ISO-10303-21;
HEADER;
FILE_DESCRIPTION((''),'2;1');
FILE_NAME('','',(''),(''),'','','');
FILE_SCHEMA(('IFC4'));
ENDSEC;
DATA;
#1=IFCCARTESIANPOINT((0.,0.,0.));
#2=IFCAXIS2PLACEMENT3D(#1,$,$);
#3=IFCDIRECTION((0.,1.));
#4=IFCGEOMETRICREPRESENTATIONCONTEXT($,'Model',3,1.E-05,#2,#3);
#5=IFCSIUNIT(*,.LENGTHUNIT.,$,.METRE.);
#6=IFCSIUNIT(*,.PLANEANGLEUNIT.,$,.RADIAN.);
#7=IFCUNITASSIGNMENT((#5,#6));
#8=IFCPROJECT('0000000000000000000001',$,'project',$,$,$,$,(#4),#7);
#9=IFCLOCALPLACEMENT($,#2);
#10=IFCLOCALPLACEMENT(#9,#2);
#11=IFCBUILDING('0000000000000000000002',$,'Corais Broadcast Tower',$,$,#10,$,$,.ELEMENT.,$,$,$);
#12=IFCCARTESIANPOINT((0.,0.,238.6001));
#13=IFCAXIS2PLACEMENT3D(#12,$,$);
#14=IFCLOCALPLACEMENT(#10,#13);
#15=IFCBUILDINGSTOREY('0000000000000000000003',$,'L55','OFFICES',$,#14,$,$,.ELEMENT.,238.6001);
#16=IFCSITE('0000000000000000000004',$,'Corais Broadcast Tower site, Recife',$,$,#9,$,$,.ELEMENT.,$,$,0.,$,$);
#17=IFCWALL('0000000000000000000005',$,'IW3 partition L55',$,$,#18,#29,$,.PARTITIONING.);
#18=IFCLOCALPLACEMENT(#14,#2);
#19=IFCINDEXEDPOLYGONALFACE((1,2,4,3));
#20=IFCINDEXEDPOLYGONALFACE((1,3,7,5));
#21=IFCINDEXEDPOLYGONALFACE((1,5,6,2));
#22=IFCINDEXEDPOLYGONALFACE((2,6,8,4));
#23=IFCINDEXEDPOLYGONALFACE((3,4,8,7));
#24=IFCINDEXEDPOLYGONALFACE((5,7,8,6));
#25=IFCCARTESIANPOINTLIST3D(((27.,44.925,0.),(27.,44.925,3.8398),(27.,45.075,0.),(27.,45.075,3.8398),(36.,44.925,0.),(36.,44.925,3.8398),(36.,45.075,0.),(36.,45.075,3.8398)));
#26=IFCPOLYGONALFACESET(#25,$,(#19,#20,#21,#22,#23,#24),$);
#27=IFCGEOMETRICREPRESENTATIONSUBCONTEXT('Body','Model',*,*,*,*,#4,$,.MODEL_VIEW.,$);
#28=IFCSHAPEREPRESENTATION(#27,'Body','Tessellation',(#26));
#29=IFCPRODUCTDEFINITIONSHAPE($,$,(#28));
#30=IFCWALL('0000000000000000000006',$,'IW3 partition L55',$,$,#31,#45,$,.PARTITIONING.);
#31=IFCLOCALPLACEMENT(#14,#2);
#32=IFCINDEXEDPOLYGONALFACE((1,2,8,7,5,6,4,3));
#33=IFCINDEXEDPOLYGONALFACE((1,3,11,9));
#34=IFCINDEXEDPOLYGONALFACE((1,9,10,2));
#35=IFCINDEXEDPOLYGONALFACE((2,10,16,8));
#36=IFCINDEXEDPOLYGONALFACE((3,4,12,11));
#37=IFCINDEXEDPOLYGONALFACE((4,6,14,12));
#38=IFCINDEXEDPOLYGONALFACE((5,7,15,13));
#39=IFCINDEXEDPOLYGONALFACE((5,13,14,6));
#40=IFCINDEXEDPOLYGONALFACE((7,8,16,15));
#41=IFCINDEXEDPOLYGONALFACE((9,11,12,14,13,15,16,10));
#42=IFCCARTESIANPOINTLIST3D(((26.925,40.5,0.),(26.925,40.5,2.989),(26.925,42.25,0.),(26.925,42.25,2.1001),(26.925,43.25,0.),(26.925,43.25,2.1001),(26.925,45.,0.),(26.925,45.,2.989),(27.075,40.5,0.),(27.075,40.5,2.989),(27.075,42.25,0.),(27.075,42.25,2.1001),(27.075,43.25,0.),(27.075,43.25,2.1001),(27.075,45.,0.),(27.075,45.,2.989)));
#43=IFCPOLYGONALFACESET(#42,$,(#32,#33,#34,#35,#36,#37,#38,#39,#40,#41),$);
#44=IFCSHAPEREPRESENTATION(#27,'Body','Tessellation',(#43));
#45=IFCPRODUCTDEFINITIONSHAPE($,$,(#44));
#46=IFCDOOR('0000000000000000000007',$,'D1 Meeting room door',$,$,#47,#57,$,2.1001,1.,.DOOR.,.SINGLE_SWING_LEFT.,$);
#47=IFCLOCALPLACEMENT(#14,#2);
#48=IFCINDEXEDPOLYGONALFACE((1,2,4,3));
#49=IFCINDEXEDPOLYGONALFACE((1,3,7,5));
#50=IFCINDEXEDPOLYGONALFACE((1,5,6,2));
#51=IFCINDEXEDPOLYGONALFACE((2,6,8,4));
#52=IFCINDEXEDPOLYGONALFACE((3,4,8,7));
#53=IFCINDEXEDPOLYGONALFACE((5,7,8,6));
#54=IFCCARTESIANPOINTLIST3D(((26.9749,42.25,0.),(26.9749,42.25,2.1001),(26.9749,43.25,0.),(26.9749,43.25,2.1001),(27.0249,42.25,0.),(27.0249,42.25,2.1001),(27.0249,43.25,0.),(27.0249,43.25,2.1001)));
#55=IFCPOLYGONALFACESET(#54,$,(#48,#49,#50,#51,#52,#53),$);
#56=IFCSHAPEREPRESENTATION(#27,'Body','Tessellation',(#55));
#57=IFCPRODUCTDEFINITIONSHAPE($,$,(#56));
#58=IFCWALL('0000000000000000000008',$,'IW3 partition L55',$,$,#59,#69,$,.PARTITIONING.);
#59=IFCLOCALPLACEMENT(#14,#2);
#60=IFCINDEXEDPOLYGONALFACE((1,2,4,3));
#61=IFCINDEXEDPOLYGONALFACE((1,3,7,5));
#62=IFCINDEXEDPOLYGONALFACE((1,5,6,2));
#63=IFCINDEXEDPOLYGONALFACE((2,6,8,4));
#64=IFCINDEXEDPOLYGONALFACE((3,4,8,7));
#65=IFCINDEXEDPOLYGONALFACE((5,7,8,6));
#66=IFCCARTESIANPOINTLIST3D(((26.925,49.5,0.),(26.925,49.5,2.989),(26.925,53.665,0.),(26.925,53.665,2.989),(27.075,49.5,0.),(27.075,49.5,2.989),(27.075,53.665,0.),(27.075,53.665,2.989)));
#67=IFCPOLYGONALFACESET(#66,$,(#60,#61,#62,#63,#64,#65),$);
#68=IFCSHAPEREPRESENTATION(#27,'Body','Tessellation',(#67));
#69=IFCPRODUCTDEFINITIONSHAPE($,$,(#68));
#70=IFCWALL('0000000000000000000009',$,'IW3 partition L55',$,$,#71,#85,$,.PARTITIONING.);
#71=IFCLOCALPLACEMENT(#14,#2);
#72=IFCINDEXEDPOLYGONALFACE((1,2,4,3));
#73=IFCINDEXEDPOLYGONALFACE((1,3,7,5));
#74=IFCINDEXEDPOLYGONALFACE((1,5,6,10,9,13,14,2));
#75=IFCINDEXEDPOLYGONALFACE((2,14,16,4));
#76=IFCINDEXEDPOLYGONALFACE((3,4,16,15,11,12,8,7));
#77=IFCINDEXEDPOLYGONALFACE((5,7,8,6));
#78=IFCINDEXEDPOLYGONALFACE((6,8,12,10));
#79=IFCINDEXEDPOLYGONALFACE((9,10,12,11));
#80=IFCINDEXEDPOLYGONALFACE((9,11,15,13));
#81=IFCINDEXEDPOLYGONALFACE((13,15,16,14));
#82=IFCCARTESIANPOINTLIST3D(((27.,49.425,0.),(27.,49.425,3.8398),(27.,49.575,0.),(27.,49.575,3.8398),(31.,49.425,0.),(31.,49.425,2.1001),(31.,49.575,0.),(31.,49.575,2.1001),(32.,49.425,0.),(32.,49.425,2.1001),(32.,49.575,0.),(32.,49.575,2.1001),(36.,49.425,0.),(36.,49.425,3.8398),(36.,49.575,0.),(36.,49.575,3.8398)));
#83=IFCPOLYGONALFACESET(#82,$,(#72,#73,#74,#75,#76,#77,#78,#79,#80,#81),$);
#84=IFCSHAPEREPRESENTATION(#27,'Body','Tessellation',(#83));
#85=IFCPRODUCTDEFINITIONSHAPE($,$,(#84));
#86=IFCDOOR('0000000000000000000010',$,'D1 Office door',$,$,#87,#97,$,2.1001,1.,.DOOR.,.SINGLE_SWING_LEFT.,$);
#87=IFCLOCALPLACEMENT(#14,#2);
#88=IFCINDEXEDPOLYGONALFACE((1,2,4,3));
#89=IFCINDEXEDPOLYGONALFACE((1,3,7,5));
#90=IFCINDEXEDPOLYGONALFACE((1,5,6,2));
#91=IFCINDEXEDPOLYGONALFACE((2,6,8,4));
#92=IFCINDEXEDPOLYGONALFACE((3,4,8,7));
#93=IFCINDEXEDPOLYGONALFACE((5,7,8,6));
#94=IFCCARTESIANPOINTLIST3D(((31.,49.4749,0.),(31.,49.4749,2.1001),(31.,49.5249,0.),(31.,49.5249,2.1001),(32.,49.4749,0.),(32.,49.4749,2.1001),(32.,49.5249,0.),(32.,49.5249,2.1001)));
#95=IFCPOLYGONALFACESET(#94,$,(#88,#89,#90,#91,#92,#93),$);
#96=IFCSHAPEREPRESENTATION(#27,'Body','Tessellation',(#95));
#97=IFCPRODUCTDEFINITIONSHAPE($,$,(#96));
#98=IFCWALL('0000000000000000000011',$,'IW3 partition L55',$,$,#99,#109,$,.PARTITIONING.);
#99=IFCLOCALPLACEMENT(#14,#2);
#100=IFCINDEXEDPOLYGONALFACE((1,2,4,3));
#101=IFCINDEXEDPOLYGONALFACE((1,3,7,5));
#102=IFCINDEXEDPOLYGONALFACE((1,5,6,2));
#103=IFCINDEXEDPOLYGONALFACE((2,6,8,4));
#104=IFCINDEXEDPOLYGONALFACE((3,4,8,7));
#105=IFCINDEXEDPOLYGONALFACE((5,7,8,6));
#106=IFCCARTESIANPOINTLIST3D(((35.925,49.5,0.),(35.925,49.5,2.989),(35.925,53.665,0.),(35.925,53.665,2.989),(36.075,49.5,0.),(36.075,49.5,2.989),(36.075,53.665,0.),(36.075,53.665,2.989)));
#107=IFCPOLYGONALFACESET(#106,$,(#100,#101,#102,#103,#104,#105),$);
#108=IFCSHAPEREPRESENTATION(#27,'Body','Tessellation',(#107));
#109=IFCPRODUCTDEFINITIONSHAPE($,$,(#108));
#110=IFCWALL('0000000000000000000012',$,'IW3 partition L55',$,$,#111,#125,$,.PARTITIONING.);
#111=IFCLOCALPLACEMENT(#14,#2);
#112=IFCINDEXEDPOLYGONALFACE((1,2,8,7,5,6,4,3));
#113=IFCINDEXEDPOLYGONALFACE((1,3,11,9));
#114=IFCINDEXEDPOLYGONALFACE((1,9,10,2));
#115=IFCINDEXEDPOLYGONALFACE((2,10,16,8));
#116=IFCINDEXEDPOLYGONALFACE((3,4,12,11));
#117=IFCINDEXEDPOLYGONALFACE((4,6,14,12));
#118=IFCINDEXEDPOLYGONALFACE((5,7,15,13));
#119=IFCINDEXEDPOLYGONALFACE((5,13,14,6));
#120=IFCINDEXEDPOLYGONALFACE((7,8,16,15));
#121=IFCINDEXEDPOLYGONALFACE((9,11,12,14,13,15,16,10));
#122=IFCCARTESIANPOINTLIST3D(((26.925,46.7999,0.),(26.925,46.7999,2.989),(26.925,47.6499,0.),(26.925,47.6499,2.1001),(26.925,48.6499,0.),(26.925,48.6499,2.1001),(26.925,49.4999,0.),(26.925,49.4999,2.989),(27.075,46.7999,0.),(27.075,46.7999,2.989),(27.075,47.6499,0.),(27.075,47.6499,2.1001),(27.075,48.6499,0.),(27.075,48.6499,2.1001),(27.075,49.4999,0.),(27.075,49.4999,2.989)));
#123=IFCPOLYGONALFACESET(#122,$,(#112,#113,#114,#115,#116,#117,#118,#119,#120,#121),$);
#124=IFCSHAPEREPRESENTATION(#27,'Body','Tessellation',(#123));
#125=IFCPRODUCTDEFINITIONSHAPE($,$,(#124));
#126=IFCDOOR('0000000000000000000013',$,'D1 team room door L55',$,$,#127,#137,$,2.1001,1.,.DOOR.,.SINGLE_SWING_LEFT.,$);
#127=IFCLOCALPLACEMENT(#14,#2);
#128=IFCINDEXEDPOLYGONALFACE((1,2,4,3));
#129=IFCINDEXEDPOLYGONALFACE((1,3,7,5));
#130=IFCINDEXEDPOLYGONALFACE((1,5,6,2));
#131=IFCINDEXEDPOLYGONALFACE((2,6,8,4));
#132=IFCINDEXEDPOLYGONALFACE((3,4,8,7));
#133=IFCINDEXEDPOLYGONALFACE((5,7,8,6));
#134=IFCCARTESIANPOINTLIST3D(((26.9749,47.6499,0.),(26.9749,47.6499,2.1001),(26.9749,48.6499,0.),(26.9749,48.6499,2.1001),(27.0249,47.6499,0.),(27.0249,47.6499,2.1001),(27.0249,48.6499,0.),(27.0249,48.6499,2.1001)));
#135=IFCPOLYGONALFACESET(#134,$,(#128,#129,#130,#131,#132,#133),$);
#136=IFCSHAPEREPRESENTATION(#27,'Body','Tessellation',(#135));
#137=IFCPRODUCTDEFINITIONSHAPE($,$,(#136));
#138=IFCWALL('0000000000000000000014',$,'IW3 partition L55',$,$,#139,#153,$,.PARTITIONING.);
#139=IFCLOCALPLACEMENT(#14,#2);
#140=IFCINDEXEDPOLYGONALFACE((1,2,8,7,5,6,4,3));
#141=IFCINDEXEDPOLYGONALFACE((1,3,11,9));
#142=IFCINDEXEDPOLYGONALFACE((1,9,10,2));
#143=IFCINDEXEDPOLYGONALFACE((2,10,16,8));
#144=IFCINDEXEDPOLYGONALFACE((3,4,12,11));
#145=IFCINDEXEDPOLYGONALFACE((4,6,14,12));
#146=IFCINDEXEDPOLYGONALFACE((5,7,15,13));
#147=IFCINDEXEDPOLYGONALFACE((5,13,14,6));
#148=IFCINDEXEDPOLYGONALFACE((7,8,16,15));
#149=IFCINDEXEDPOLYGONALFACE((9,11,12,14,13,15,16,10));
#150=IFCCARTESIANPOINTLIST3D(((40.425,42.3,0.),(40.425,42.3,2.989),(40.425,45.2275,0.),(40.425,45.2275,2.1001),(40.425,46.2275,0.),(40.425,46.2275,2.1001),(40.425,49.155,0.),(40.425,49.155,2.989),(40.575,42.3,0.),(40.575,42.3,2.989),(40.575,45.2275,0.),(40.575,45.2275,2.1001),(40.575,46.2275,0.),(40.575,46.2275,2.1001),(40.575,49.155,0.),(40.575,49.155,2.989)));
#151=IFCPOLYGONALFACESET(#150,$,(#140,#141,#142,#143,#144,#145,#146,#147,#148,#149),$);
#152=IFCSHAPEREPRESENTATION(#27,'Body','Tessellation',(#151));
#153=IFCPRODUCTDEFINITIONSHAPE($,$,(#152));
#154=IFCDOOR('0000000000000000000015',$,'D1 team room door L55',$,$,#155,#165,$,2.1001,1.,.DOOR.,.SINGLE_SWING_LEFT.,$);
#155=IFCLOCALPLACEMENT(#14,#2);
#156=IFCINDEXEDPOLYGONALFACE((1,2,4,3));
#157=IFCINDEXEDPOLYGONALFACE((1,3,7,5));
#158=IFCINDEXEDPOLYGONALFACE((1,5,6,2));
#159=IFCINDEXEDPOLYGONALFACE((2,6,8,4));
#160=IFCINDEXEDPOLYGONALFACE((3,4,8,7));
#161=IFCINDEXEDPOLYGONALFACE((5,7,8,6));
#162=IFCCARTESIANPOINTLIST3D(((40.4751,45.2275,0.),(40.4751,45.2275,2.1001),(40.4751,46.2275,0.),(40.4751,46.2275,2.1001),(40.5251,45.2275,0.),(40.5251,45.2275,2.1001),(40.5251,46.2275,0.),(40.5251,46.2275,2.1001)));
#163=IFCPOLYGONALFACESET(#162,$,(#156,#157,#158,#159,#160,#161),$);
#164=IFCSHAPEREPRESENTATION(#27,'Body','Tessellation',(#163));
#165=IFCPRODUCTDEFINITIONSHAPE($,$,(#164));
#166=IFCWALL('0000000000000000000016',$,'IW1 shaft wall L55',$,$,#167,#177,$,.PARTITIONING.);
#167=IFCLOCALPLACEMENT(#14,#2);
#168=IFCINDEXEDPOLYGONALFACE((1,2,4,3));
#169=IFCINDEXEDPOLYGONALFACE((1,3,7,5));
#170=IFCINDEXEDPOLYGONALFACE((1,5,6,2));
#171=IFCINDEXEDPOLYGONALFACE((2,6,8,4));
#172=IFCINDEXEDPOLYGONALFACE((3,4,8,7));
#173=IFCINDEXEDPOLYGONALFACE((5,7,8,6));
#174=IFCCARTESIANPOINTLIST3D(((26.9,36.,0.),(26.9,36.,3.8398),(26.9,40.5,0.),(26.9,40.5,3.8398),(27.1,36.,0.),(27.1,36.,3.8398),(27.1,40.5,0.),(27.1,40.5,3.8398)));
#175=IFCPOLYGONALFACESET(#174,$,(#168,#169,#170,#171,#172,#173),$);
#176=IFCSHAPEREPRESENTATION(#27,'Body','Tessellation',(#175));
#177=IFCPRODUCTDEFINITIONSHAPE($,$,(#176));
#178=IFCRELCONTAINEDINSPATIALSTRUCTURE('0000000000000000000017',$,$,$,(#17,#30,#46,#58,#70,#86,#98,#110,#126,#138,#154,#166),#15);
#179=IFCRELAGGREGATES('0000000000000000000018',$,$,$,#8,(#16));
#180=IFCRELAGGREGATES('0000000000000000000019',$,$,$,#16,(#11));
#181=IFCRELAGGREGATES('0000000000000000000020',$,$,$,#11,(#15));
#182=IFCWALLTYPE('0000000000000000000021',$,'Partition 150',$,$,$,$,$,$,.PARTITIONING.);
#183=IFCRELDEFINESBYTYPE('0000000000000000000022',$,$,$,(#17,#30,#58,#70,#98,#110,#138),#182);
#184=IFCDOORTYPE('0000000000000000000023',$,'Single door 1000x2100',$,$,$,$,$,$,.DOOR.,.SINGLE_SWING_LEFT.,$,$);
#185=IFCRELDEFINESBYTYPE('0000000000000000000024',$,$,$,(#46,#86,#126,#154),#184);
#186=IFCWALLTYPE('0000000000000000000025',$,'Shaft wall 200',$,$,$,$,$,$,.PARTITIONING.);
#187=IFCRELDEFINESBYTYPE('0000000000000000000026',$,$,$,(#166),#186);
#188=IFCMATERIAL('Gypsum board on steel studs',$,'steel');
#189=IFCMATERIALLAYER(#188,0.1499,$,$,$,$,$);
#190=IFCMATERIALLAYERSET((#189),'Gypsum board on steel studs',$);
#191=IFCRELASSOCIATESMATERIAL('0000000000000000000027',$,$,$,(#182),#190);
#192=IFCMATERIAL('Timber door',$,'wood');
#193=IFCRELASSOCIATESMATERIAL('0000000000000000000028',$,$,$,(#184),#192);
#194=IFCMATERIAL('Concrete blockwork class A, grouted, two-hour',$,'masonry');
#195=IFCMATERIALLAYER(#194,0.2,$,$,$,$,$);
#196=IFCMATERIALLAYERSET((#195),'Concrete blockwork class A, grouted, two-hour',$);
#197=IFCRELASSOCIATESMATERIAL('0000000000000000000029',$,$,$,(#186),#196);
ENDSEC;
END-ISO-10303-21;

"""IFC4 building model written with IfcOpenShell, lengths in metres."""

from ifc_helpers import new_model, si_unit, direction, frame, frame_2d, origin, place, context, subcontext, project, spatial, rectangle, extrude, material, layer, layer_set, type_object, element, fill, save


model = new_model("IFC4")

# Units and contexts
model_context = context("Model", 3, precision=1e-05, world=origin(), true_north=direction((0.0, 1.0)))
body_context = subcontext(model_context, "Body", "Model", "MODEL_VIEW")
ifc_project = project(units=[si_unit("LENGTHUNIT", "METRE"), si_unit("PLANEANGLEUNIT", "RADIAN")], contexts=[model_context])

# Site, building, storey
site_placement = place(None, origin())
site = spatial("IfcSite", under=ifc_project, at=site_placement, Name="Corais Broadcast Tower site, Recife", CompositionType="ELEMENT", RefElevation=0.0)
building_placement = place(site_placement, origin())
building = spatial("IfcBuilding", under=site, at=building_placement, Name="Corais Broadcast Tower", CompositionType="ELEMENT")
storey_placement = place(building_placement, frame((0.0, 0.0, 238.6001)))
storey = spatial("IfcBuildingStorey", under=building, at=storey_placement, Name="L55", Description="OFFICES", CompositionType="ELEMENT", Elevation=238.6001)

# Shared definitions
ifc_material_1 = material(Name="Gypsum board on steel studs", Category="steel")
ifc_layer_1 = layer(ifc_material_1, 0.1499)
ifc_layer_set_1 = layer_set([ifc_layer_1], Name="Gypsum board on steel studs")
wall_type_1 = type_object("IfcWallType", Name="Partition 150", PredefinedType="PARTITIONING", material=ifc_layer_set_1)
ifc_material_2 = material(Name="Timber door", Category="wood")
door_type = type_object("IfcDoorType", Name="Single door 1000x2100", OperationType="SINGLE_SWING_LEFT", PredefinedType="DOOR", material=ifc_material_2)

# Wall
wall_1_placement = place(storey_placement, frame((36.0, 45.0, 0.0), z_axis=(0.0, 0.0, 1.0), x_axis=(-1.0, 0.0, 0.0)))
element("IfcWall", 1, at=wall_1_placement, inside=storey, type_object=wall_type_1, Name="IW3 partition L55", PredefinedType="PARTITIONING", context=body_context, shape_type="SweptSolid", body=[
    extrude(rectangle(XDim=9.0, YDim=0.1499, at=frame_2d((4.5, 0.0))), origin(), (0.0, 0.0, 1.0), 3.8398),
])

# Wall, opening, door
wall_2_placement = place(storey_placement, frame((27.0, 45.0, 0.0), z_axis=(0.0, 0.0, 1.0), x_axis=(0.0, -1.0, 0.0)))
wall_2 = element("IfcWall", 2, at=wall_2_placement, inside=storey, type_object=wall_type_1, Name="IW3 partition L55", PredefinedType="PARTITIONING", context=body_context, shape_type="SweptSolid", body=[
    extrude(rectangle(XDim=4.5, YDim=0.1499, at=frame_2d((2.25, 0.0))), origin(), (0.0, 0.0, 1.0), 2.989),
])
opening_1_placement = place(wall_2_placement, frame((1.75, 0.0, 0.0)))
opening_1 = element("IfcOpeningElement", 3, at=opening_1_placement, cuts=wall_2, PredefinedType="OPENING", context=body_context, shape_type="SweptSolid", body=[
    extrude(rectangle(XDim=1.0, YDim=2.1001, at=frame_2d((0.5, 1.05))), frame((0.0, 0.085, 0.0), z_axis=(0.0, -1.0, 0.0), x_axis=(1.0, 0.0, 0.0)), (0.0, 0.0, 1.0), 0.1699),
])
door_1_placement = place(opening_1_placement, origin())
door_1 = element("IfcDoor", 4, at=door_1_placement, inside=storey, type_object=door_type, Name="D1 Meeting room door", OperationType="SINGLE_SWING_LEFT", OverallHeight=2.1001, OverallWidth=1.0, PredefinedType="DOOR", context=body_context, shape_type="SweptSolid", body=[
    extrude(rectangle(XDim=1.0, YDim=2.1001, at=frame_2d((0.5, 1.05))), frame((0.0, 0.0249, 0.0), z_axis=(0.0, -1.0, 0.0), x_axis=(1.0, 0.0, 0.0)), (0.0, 0.0, 1.0), 0.05),
])
fill(opening_1, door_1)

# Wall
wall_3_placement = place(storey_placement, frame((27.0, 49.5, 0.0), z_axis=(0.0, 0.0, 1.0), x_axis=(0.0, 1.0, 0.0)))
element("IfcWall", 5, at=wall_3_placement, inside=storey, type_object=wall_type_1, Name="IW3 partition L55", PredefinedType="PARTITIONING", context=body_context, shape_type="SweptSolid", body=[
    extrude(rectangle(XDim=4.165, YDim=0.1499, at=frame_2d((2.0825, 0.0))), origin(), (0.0, 0.0, 1.0), 2.989),
])

# Wall, opening, door
wall_4_placement = place(storey_placement, frame((27.0, 49.5, 0.0), z_axis=(0.0, 0.0, 1.0), x_axis=(1.0, 0.0, 0.0)))
wall_4 = element("IfcWall", 6, at=wall_4_placement, inside=storey, type_object=wall_type_1, Name="IW3 partition L55", PredefinedType="PARTITIONING", context=body_context, shape_type="SweptSolid", body=[
    extrude(rectangle(XDim=9.0, YDim=0.1499, at=frame_2d((4.5, 0.0))), origin(), (0.0, 0.0, 1.0), 3.8398),
])
opening_2_placement = place(wall_4_placement, frame((4.0, 0.0, 0.0)))
opening_2 = element("IfcOpeningElement", 7, at=opening_2_placement, cuts=wall_4, PredefinedType="OPENING", context=body_context, shape_type="SweptSolid", body=[
    extrude(rectangle(XDim=1.0, YDim=2.1001, at=frame_2d((0.5, 1.05))), frame((0.0, 0.085, 0.0), z_axis=(0.0, -1.0, 0.0), x_axis=(1.0, 0.0, 0.0)), (0.0, 0.0, 1.0), 0.1699),
])
door_2_placement = place(opening_2_placement, origin())
door_2 = element("IfcDoor", 8, at=door_2_placement, inside=storey, type_object=door_type, Name="D1 Office door", OperationType="SINGLE_SWING_LEFT", OverallHeight=2.1001, OverallWidth=1.0, PredefinedType="DOOR", context=body_context, shape_type="SweptSolid", body=[
    extrude(rectangle(XDim=1.0, YDim=2.1001, at=frame_2d((0.5, 1.05))), frame((0.0, 0.0249, 0.0), z_axis=(0.0, -1.0, 0.0), x_axis=(1.0, 0.0, 0.0)), (0.0, 0.0, 1.0), 0.05),
])
fill(opening_2, door_2)

# Wall
wall_5_placement = place(storey_placement, frame((36.0, 49.5, 0.0), z_axis=(0.0, 0.0, 1.0), x_axis=(0.0, 1.0, 0.0)))
element("IfcWall", 9, at=wall_5_placement, inside=storey, type_object=wall_type_1, Name="IW3 partition L55", PredefinedType="PARTITIONING", context=body_context, shape_type="SweptSolid", body=[
    extrude(rectangle(XDim=4.165, YDim=0.1499, at=frame_2d((2.0825, 0.0))), origin(), (0.0, 0.0, 1.0), 2.989),
])

# Walls, openings, doors
wall_6_placement = place(storey_placement, frame((27.0, 49.5, 0.0), z_axis=(0.0, 0.0, 1.0), x_axis=(0.0, -1.0, 0.0)))
wall_6 = element("IfcWall", 10, at=wall_6_placement, inside=storey, type_object=wall_type_1, Name="IW3 partition L55", PredefinedType="PARTITIONING", context=body_context, shape_type="SweptSolid", body=[
    extrude(rectangle(XDim=2.7, YDim=0.1499, at=frame_2d((1.3501, 0.0))), origin(), (0.0, 0.0, 1.0), 2.989),
])
opening_3_placement = place(wall_6_placement, frame((0.8501, 0.0, 0.0)))
opening_3 = element("IfcOpeningElement", 11, at=opening_3_placement, cuts=wall_6, PredefinedType="OPENING", context=body_context, shape_type="SweptSolid", body=[
    extrude(rectangle(XDim=1.0, YDim=2.1001, at=frame_2d((0.5, 1.05))), frame((0.0, 0.085, 0.0), z_axis=(0.0, -1.0, 0.0), x_axis=(1.0, 0.0, 0.0)), (0.0, 0.0, 1.0), 0.1699),
])
door_3_placement = place(opening_3_placement, origin())
door_3 = element("IfcDoor", 12, at=door_3_placement, inside=storey, type_object=door_type, Name="D1 team room door L55", OperationType="SINGLE_SWING_LEFT", OverallHeight=2.1001, OverallWidth=1.0, PredefinedType="DOOR", context=body_context, shape_type="SweptSolid", body=[
    extrude(rectangle(XDim=1.0, YDim=2.1001, at=frame_2d((0.5, 1.05))), frame((0.0, 0.0249, 0.0), z_axis=(0.0, -1.0, 0.0), x_axis=(1.0, 0.0, 0.0)), (0.0, 0.0, 1.0), 0.05),
])
fill(opening_3, door_3)
wall_7_placement = place(storey_placement, frame((40.5, 42.3, 0.0), z_axis=(0.0, 0.0, 1.0), x_axis=(0.0, 1.0, 0.0)))
wall_7 = element("IfcWall", 13, at=wall_7_placement, inside=storey, type_object=wall_type_1, Name="IW3 partition L55", PredefinedType="PARTITIONING", context=body_context, shape_type="SweptSolid", body=[
    extrude(rectangle(XDim=6.855, YDim=0.1499, at=frame_2d((3.4275, 0.0))), origin(), (0.0, 0.0, 1.0), 2.989),
])
opening_4_placement = place(wall_7_placement, frame((2.9275, 0.0, 0.0)))
opening_4 = element("IfcOpeningElement", 14, at=opening_4_placement, cuts=wall_7, PredefinedType="OPENING", context=body_context, shape_type="SweptSolid", body=[
    extrude(rectangle(XDim=1.0, YDim=2.1001, at=frame_2d((0.5, 1.05))), frame((0.0, 0.085, 0.0), z_axis=(0.0, -1.0, 0.0), x_axis=(1.0, 0.0, 0.0)), (0.0, 0.0, 1.0), 0.1699),
])
door_4_placement = place(opening_4_placement, origin())
door_4 = element("IfcDoor", 15, at=door_4_placement, inside=storey, type_object=door_type, Name="D1 team room door L55", OperationType="SINGLE_SWING_LEFT", OverallHeight=2.1001, OverallWidth=1.0, PredefinedType="DOOR", context=body_context, shape_type="SweptSolid", body=[
    extrude(rectangle(XDim=1.0, YDim=2.1001, at=frame_2d((0.5, 1.05))), frame((0.0, 0.0249, 0.0), z_axis=(0.0, -1.0, 0.0), x_axis=(1.0, 0.0, 0.0)), (0.0, 0.0, 1.0), 0.05),
])
fill(opening_4, door_4)

# Wall
ifc_material_3 = material(Name="Concrete blockwork class A, grouted, two-hour", Category="masonry")
ifc_layer_2 = layer(ifc_material_3, 0.2)
ifc_layer_set_2 = layer_set([ifc_layer_2], Name="Concrete blockwork class A, grouted, two-hour")
wall_type_2 = type_object("IfcWallType", Name="Shaft wall 200", PredefinedType="PARTITIONING", material=ifc_layer_set_2)
for number, where, z_axis, x_axis, name in (
    (16, (27.0, 36.0, 0.0), (0.0, 0.0, 1.0), (0.0, 1.0, 0.0), "IW1 shaft wall L55"),
):
    element("IfcWall", number, at=place(storey_placement, frame(where, z_axis=z_axis, x_axis=x_axis)), inside=storey, type_object=wall_type_2, Name=name, PredefinedType="PARTITIONING", context=body_context, shape_type="SweptSolid", body=[
        extrude(rectangle(XDim=4.5, YDim=0.2, at=frame_2d((2.25, 0.0))), origin(), (0.0, 0.0, 1.0), 3.8398),
    ])

save(model, "model.ifc")
